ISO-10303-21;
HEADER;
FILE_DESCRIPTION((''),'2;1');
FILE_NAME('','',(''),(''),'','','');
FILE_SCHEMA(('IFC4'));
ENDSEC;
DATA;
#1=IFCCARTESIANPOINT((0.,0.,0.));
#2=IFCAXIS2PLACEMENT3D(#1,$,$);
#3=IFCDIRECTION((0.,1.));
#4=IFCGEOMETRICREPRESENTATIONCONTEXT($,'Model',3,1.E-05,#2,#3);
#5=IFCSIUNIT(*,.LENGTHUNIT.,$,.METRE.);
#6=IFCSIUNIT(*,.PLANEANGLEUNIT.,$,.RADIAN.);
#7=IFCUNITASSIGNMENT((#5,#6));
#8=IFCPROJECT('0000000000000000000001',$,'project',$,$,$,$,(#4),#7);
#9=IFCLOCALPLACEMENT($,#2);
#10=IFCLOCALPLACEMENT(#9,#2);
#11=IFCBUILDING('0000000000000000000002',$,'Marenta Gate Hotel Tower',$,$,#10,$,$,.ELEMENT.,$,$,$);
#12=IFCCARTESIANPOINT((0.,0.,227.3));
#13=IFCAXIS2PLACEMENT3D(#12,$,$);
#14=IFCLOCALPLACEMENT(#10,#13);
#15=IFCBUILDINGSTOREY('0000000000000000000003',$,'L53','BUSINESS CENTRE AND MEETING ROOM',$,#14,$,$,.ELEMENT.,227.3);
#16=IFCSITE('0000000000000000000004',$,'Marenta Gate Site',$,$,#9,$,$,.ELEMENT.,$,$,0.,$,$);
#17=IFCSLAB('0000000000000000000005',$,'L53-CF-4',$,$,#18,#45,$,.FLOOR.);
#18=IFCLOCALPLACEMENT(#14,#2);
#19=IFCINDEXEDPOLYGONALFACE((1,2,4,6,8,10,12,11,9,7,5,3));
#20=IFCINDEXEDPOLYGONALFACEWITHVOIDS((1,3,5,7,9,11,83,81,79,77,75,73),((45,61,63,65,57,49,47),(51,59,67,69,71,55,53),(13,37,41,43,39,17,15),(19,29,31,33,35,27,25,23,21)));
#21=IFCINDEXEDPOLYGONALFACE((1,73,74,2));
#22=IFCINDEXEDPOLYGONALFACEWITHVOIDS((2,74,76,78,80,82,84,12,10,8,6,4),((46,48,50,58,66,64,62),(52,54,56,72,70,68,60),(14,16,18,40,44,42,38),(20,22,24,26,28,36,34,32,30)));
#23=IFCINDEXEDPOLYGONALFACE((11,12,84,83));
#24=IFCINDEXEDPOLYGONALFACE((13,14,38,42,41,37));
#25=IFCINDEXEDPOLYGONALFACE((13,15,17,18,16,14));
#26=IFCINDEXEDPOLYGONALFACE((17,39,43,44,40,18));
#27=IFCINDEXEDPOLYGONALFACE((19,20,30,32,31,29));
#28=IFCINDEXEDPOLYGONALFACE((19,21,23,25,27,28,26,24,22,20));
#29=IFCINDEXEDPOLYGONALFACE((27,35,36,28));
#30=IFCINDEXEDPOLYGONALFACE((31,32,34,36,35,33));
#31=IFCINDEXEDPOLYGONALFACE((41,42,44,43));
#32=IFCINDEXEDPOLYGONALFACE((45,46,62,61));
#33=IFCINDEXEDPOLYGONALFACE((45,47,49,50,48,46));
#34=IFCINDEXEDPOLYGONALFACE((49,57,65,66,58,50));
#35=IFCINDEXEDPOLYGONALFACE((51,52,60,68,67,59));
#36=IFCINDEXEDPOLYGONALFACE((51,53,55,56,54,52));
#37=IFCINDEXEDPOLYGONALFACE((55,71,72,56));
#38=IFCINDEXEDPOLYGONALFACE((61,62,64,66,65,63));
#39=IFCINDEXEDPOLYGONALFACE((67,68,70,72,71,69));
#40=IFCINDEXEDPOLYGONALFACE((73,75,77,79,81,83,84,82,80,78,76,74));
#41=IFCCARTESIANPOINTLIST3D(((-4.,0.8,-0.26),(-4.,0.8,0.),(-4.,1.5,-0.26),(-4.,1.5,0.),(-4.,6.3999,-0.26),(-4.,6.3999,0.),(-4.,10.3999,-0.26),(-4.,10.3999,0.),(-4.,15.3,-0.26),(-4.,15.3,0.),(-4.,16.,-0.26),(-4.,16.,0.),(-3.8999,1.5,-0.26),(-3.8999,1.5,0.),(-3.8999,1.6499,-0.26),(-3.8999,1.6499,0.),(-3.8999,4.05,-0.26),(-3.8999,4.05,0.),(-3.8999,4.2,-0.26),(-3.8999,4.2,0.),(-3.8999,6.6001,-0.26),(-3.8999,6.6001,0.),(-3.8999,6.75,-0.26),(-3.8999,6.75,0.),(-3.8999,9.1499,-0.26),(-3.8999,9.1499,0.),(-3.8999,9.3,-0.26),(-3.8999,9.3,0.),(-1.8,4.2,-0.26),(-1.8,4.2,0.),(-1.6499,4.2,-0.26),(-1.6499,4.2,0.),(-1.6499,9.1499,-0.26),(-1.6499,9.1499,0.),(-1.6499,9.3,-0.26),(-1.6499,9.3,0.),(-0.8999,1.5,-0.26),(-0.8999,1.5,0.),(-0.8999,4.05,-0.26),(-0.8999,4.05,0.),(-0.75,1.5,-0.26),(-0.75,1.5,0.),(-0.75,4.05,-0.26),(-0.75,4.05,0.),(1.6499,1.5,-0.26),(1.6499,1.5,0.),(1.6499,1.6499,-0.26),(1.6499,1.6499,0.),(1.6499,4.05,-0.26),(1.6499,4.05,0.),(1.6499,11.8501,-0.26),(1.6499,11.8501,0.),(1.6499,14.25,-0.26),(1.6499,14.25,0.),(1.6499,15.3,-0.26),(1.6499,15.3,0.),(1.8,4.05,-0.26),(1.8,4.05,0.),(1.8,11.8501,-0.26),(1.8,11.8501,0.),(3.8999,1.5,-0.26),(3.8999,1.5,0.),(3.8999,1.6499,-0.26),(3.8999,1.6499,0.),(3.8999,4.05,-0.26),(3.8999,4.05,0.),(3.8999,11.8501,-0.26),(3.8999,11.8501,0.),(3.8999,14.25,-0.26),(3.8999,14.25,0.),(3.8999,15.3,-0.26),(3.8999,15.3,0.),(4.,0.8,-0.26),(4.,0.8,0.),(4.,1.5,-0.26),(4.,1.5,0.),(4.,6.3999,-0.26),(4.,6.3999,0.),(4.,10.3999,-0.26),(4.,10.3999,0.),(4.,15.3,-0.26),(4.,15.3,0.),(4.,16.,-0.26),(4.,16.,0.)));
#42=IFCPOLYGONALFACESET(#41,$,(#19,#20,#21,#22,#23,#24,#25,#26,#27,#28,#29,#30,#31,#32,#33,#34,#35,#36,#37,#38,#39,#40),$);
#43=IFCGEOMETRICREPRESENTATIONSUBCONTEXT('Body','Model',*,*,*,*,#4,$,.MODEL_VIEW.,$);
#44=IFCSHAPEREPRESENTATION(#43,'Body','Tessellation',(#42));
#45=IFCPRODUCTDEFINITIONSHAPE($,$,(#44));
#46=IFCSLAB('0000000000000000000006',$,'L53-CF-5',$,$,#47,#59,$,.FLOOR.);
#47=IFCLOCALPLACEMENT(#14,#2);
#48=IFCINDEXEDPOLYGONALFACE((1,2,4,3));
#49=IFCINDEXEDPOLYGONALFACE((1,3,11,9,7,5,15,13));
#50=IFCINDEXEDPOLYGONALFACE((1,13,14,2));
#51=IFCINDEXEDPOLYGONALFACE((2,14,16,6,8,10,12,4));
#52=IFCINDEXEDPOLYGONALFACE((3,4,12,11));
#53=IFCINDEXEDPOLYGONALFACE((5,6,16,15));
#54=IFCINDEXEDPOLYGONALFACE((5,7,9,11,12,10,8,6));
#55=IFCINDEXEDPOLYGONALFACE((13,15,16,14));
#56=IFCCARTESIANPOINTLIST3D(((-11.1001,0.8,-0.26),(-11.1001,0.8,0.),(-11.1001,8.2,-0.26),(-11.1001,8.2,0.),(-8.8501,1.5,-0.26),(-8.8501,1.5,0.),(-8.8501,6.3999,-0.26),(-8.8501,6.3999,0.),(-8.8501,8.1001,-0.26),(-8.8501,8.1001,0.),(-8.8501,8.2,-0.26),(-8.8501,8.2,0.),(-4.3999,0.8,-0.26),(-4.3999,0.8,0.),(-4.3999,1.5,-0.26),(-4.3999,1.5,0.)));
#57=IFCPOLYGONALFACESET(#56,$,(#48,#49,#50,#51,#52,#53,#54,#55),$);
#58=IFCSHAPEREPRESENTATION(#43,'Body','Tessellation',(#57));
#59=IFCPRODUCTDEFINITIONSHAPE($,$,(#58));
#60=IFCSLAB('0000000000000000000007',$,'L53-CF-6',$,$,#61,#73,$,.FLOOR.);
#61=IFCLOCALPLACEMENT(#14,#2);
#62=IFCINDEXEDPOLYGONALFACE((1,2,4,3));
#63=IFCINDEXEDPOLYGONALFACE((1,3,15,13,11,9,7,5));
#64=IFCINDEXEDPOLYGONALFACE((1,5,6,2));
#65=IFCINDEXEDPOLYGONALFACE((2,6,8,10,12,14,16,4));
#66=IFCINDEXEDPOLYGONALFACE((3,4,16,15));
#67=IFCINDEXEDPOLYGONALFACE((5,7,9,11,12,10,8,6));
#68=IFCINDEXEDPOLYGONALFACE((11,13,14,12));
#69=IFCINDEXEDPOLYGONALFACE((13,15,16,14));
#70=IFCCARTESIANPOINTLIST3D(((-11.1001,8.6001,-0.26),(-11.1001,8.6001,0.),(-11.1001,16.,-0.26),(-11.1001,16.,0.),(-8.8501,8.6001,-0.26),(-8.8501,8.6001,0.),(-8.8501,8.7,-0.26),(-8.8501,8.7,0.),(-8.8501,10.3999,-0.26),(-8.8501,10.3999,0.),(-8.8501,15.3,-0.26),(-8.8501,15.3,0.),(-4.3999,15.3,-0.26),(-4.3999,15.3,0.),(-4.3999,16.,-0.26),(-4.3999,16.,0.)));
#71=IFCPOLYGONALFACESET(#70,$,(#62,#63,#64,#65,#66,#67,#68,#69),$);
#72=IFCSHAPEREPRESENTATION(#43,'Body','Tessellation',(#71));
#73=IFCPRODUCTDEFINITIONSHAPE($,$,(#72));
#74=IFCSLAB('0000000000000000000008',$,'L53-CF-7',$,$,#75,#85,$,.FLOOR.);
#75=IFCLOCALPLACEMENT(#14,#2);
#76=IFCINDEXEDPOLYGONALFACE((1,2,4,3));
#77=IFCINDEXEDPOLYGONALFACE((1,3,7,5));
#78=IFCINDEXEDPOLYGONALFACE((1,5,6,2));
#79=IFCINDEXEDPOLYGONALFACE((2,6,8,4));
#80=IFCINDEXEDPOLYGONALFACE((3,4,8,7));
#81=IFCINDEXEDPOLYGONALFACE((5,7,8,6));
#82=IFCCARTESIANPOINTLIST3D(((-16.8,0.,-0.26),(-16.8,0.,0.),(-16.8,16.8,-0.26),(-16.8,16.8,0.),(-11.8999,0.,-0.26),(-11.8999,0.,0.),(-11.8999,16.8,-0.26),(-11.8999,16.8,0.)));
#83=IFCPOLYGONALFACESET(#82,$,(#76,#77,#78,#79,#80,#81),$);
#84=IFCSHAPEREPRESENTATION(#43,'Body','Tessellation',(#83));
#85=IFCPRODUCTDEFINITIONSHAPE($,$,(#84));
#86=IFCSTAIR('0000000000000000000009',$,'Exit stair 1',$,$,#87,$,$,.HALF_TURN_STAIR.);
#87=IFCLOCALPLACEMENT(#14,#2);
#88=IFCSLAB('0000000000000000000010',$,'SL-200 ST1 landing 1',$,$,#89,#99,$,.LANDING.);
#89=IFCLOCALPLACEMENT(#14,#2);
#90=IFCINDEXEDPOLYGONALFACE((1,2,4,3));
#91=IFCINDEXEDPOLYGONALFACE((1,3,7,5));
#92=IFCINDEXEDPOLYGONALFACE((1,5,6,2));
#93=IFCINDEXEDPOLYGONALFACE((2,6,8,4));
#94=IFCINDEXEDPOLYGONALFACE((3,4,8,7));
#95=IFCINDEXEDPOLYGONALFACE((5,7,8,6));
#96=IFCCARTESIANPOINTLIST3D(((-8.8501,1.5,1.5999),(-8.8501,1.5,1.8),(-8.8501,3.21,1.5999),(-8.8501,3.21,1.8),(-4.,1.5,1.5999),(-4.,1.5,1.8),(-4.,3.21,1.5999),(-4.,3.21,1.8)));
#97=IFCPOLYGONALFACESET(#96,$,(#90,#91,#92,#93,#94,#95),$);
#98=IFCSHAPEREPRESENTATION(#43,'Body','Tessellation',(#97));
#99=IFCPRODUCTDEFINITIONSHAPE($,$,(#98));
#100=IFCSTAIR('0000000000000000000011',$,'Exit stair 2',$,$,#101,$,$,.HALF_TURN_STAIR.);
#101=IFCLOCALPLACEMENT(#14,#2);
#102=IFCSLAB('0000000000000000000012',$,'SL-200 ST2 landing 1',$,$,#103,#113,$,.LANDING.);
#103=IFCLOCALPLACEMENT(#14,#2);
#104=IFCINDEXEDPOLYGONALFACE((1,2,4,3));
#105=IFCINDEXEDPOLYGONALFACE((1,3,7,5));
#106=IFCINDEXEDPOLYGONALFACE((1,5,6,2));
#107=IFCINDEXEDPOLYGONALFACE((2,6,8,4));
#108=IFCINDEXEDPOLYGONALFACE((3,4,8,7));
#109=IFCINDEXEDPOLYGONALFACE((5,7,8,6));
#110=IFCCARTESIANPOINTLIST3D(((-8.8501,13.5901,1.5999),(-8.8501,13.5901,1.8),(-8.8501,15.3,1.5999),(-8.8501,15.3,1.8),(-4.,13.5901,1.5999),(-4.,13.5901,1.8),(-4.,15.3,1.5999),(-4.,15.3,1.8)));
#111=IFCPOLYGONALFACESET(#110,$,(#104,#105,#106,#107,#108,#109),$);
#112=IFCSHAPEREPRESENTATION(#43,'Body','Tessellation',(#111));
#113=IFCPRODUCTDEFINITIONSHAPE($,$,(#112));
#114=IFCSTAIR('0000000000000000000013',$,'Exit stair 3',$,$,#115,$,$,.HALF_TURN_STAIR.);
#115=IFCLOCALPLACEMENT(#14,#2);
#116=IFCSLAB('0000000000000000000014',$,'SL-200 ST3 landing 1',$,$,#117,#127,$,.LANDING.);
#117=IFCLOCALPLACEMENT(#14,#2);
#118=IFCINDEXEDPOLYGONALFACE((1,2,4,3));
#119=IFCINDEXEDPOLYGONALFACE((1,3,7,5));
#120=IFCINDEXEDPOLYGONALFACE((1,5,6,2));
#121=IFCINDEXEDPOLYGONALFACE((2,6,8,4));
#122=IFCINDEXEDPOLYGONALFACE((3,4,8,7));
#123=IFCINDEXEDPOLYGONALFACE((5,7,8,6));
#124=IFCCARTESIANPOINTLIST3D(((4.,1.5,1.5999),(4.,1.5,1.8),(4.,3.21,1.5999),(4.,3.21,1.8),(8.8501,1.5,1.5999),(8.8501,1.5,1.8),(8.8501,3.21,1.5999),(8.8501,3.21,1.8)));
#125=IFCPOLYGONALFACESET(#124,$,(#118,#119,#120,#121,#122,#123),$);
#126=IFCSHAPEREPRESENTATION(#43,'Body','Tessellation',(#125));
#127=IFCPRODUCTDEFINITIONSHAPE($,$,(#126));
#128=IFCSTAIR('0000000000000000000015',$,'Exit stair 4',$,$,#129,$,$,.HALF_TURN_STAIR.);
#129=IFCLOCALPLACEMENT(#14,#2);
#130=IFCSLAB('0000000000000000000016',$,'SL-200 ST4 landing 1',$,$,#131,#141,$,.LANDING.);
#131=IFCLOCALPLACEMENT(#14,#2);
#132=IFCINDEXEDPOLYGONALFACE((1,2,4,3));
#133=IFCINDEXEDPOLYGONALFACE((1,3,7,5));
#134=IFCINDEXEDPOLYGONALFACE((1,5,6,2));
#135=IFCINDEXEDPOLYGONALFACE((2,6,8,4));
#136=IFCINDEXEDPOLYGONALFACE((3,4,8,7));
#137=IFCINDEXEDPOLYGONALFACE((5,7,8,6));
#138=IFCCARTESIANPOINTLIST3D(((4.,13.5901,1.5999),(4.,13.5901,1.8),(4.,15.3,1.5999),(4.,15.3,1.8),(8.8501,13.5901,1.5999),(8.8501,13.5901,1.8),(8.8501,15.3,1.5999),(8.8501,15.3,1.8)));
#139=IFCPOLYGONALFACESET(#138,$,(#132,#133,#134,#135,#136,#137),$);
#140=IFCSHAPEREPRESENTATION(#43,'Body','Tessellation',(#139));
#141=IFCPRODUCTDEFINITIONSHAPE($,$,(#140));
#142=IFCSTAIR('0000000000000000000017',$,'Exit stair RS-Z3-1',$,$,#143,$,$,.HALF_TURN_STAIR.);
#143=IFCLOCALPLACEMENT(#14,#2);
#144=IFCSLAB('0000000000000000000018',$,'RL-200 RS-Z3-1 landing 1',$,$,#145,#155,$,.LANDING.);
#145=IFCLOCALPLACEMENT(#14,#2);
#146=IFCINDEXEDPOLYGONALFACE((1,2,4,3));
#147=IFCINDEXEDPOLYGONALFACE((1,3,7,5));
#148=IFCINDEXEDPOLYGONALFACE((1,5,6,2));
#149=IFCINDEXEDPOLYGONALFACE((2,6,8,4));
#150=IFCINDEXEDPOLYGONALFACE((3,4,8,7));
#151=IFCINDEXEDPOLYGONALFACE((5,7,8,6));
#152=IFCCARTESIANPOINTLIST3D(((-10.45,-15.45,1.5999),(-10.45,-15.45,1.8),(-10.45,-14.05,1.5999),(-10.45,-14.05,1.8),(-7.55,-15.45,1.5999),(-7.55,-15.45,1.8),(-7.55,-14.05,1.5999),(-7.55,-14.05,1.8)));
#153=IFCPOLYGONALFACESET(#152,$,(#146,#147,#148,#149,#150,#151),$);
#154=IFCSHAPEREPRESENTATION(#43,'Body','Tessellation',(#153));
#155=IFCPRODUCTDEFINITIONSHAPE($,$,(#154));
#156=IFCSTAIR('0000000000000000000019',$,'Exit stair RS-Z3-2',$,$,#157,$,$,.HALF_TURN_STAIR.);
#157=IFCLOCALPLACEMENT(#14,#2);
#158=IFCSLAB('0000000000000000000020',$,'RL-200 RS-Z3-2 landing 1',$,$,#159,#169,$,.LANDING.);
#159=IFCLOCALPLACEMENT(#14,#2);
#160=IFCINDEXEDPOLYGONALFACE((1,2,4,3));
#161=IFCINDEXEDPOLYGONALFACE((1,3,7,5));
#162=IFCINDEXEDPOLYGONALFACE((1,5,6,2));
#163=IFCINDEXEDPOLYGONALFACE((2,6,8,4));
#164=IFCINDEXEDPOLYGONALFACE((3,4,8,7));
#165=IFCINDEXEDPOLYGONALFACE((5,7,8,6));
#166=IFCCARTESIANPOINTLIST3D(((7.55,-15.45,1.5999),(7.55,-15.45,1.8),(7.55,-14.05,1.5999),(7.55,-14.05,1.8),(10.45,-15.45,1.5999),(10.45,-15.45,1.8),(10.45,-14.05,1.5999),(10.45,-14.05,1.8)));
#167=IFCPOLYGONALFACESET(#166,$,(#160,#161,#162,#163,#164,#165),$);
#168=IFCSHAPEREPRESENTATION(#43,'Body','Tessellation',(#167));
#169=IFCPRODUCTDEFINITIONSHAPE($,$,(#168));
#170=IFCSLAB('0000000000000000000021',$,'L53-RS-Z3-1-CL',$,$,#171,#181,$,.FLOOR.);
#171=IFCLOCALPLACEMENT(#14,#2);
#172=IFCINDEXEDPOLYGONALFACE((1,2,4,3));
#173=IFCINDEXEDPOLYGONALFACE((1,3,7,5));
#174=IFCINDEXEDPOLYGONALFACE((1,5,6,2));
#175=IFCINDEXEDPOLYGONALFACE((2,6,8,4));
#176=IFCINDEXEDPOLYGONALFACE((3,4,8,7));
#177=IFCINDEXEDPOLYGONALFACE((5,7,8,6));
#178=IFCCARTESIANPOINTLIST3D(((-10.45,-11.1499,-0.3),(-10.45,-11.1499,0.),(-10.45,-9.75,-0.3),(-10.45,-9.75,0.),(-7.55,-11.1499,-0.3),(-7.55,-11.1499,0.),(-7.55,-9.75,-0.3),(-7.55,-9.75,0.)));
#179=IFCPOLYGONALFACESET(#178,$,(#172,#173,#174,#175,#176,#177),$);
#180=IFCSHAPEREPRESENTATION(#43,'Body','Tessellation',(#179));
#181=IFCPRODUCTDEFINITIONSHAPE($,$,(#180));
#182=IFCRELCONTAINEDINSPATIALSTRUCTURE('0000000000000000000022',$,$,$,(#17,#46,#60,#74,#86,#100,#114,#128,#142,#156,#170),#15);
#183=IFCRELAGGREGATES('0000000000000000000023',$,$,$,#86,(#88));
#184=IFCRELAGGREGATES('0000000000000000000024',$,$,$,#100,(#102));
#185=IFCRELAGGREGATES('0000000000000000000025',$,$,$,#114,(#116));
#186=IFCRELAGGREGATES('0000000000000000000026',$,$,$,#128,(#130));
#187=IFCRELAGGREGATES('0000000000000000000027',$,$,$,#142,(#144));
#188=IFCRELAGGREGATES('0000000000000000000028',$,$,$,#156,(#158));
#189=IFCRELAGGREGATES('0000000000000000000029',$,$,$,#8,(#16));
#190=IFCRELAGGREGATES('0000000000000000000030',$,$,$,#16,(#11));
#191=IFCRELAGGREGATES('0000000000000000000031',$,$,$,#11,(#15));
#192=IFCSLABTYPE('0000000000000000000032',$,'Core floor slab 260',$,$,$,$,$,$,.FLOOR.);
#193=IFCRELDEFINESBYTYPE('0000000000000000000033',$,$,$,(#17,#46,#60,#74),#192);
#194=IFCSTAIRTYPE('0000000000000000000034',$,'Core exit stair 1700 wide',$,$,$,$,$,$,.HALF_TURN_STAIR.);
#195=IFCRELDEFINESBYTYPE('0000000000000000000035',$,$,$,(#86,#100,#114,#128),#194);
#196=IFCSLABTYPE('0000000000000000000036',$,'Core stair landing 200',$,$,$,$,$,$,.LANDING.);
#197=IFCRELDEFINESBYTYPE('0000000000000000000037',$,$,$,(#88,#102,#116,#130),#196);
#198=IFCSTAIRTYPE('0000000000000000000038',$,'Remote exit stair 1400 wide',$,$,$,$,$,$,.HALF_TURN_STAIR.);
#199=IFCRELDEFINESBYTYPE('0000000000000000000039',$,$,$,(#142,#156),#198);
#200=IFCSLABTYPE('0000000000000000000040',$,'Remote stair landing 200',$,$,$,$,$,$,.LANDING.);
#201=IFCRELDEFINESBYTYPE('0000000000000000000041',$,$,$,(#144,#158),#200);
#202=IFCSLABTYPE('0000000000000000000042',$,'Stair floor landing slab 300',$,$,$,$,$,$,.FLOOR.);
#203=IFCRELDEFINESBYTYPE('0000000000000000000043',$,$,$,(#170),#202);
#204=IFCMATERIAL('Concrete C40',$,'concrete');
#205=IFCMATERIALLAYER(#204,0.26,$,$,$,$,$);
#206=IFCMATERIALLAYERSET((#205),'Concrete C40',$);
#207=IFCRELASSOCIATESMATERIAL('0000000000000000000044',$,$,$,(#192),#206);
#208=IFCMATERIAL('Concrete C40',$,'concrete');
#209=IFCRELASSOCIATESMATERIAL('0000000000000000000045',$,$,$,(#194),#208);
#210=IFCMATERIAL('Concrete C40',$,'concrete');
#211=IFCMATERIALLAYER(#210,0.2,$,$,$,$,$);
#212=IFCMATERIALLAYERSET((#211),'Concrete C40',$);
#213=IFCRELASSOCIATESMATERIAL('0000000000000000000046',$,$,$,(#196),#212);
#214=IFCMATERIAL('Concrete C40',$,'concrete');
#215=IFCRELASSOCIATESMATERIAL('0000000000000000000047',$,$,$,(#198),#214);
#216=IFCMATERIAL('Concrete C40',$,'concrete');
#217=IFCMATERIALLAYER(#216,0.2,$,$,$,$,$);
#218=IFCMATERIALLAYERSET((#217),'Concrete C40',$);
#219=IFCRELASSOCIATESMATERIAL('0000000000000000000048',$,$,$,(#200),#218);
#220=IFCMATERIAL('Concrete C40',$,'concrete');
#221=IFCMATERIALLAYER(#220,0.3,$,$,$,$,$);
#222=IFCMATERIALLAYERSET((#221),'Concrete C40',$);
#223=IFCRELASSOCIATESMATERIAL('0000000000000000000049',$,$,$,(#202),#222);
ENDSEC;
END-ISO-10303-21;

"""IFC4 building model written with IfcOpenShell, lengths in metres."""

from ifc_helpers import new_model, si_unit, direction, frame, origin, place, context, subcontext, project, spatial, polyline, outline, extrude, material, layer, layer_set, type_object, element, aggregate, save


model = new_model("IFC4")

# Units and contexts
model_context = context("Model", 3, precision=1e-05, world=origin(), true_north=direction((0.0, 1.0)))
body_context = subcontext(model_context, "Body", "Model", "MODEL_VIEW")
ifc_project = project(units=[si_unit("LENGTHUNIT", "METRE"), si_unit("PLANEANGLEUNIT", "RADIAN")], contexts=[model_context])

# Site, building, storey
site_placement = place(None, origin())
site = spatial("IfcSite", under=ifc_project, at=site_placement, Name="Marenta Gate Site", CompositionType="ELEMENT", RefElevation=0.0)
building_placement = place(site_placement, origin())
building = spatial("IfcBuilding", under=site, at=building_placement, Name="Marenta Gate Hotel Tower", CompositionType="ELEMENT")
storey_placement = place(building_placement, frame((0.0, 0.0, 227.3)))
storey = spatial("IfcBuildingStorey", under=building, at=storey_placement, Name="L53", Description="BUSINESS CENTRE AND MEETING ROOM", CompositionType="ELEMENT", Elevation=227.3)

# Slabs
ifc_material_1 = material(Name="Concrete C40", Category="concrete")
ifc_layer_1 = layer(ifc_material_1, 0.26)
ifc_layer_set_1 = layer_set([ifc_layer_1], Name="Concrete C40")
slab_type_1 = type_object("IfcSlabType", Name="Core floor slab 260", PredefinedType="FLOOR", material=ifc_layer_set_1)
slab_1_placement = place(storey_placement, frame((0.0, 0.0, -0.26)))
element("IfcSlab", 1, at=slab_1_placement, inside=storey, type_object=slab_type_1, Name="L53-CF-4", PredefinedType="FLOOR", context=body_context, shape_type="SweptSolid", body=[
    extrude(outline(polyline([(4.0, 15.3), (4.0, 10.3999), (4.0, 6.3999), (4.0, 1.5), (4.0, 0.8), (-4.0, 0.8), (-4.0, 1.5), (-4.0, 6.3999), (-4.0, 10.3999), (-4.0, 15.3), (-4.0, 16.0), (4.0, 16.0), (4.0, 15.3)]), holes=[polyline([(1.6499, 14.25), (1.6499, 11.8501), (1.8, 11.8501), (3.8999, 11.8501), (3.8999, 14.25), (3.8999, 15.3), (1.6499, 15.3), (1.6499, 14.25)]), polyline([(3.8999, 1.6499), (3.8999, 4.05), (1.8, 4.05), (1.6499, 4.05), (1.6499, 1.6499), (1.6499, 1.5), (3.8999, 1.5), (3.8999, 1.6499)]), polyline([(-3.8999, 1.6499), (-3.8999, 1.5), (-0.8999, 1.5), (-0.75, 1.5), (-0.75, 4.05), (-0.8999, 4.05), (-3.8999, 4.05), (-3.8999, 1.6499)]), polyline([(-1.8, 4.2), (-1.6499, 4.2), (-1.6499, 9.1499), (-1.6499, 9.3), (-3.8999, 9.3), (-3.8999, 9.1499), (-3.8999, 6.75), (-3.8999, 6.6001), (-3.8999, 4.2), (-1.8, 4.2)])]), origin(), (0.0, 0.0, 1.0), 0.26),
])
slab_2_placement = place(storey_placement, frame((0.0, 0.0, -0.26)))
element("IfcSlab", 2, at=slab_2_placement, inside=storey, type_object=slab_type_1, Name="L53-CF-5", PredefinedType="FLOOR", context=body_context, shape_type="SweptSolid", body=[
    extrude(outline(polyline([(-8.8501, 8.2), (-8.8501, 8.1001), (-8.8501, 6.3999), (-8.8501, 1.5), (-4.3999, 1.5), (-4.3999, 0.8), (-11.1001, 0.8), (-11.1001, 8.2), (-8.8501, 8.2)])), origin(), (0.0, 0.0, 1.0), 0.26),
])
slab_3_placement = place(storey_placement, frame((0.0, 0.0, -0.26)))
element("IfcSlab", 3, at=slab_3_placement, inside=storey, type_object=slab_type_1, Name="L53-CF-6", PredefinedType="FLOOR", context=body_context, shape_type="SweptSolid", body=[
    extrude(outline(polyline([(-4.3999, 15.3), (-8.8501, 15.3), (-8.8501, 10.3999), (-8.8501, 8.7), (-8.8501, 8.6001), (-11.1001, 8.6001), (-11.1001, 16.0), (-4.3999, 16.0), (-4.3999, 15.3)])), origin(), (0.0, 0.0, 1.0), 0.26),
])
slab_4_placement = place(storey_placement, frame((0.0, 0.0, -0.26)))
element("IfcSlab", 4, at=slab_4_placement, inside=storey, type_object=slab_type_1, Name="L53-CF-7", PredefinedType="FLOOR", context=body_context, shape_type="SweptSolid", body=[
    extrude(outline(polyline([(-11.8999, 16.8), (-11.8999, 0.0), (-16.8, 0.0), (-16.8, 16.8), (-11.8999, 16.8)])), origin(), (0.0, 0.0, 1.0), 0.26),
])

# Stairs, slabs
ifc_material_2 = material(Name="Concrete C40", Category="concrete")
stair_type_1 = type_object("IfcStairType", Name="Core exit stair 1700 wide", PredefinedType="HALF_TURN_STAIR", material=ifc_material_2)
stair_1_placement = place(storey_placement, origin())
stair_1 = element("IfcStair", 5, at=stair_1_placement, inside=storey, type_object=stair_type_1, Name="Exit stair 1", PredefinedType="HALF_TURN_STAIR")
ifc_material_3 = material(Name="Concrete C40", Category="concrete")
ifc_layer_2 = layer(ifc_material_3, 0.2)
ifc_layer_set_2 = layer_set([ifc_layer_2], Name="Concrete C40")
slab_type_2 = type_object("IfcSlabType", Name="Core stair landing 200", PredefinedType="LANDING", material=ifc_layer_set_2)
slab_5_placement = place(storey_placement, frame((0.0, 0.0, 1.5999)))
slab_5 = element("IfcSlab", 6, at=slab_5_placement, type_object=slab_type_2, Name="SL-200 ST1 landing 1", PredefinedType="LANDING", context=body_context, shape_type="SweptSolid", body=[
    extrude(outline(polyline([(-8.8501, 1.5), (-4.0, 1.5), (-4.0, 3.21), (-8.8501, 3.21), (-8.8501, 1.5)])), origin(), (0.0, 0.0, 1.0), 0.2002),
])
aggregate(stair_1, [slab_5])
stair_2_placement = place(storey_placement, origin())
stair_2 = element("IfcStair", 7, at=stair_2_placement, inside=storey, type_object=stair_type_1, Name="Exit stair 2", PredefinedType="HALF_TURN_STAIR")
slab_6_placement = place(storey_placement, frame((0.0, 0.0, 1.5999)))
slab_6 = element("IfcSlab", 8, at=slab_6_placement, type_object=slab_type_2, Name="SL-200 ST2 landing 1", PredefinedType="LANDING", context=body_context, shape_type="SweptSolid", body=[
    extrude(outline(polyline([(-8.8501, 13.5901), (-4.0, 13.5901), (-4.0, 15.3), (-8.8501, 15.3), (-8.8501, 13.5901)])), origin(), (0.0, 0.0, 1.0), 0.2002),
])
aggregate(stair_2, [slab_6])
stair_3_placement = place(storey_placement, origin())
stair_3 = element("IfcStair", 9, at=stair_3_placement, inside=storey, type_object=stair_type_1, Name="Exit stair 3", PredefinedType="HALF_TURN_STAIR")
slab_7_placement = place(storey_placement, frame((0.0, 0.0, 1.5999)))
slab_7 = element("IfcSlab", 10, at=slab_7_placement, type_object=slab_type_2, Name="SL-200 ST3 landing 1", PredefinedType="LANDING", context=body_context, shape_type="SweptSolid", body=[
    extrude(outline(polyline([(4.0, 1.5), (8.8501, 1.5), (8.8501, 3.21), (4.0, 3.21), (4.0, 1.5)])), origin(), (0.0, 0.0, 1.0), 0.2002),
])
aggregate(stair_3, [slab_7])
stair_4_placement = place(storey_placement, origin())
stair_4 = element("IfcStair", 11, at=stair_4_placement, inside=storey, type_object=stair_type_1, Name="Exit stair 4", PredefinedType="HALF_TURN_STAIR")
slab_8_placement = place(storey_placement, frame((0.0, 0.0, 1.5999)))
slab_8 = element("IfcSlab", 12, at=slab_8_placement, type_object=slab_type_2, Name="SL-200 ST4 landing 1", PredefinedType="LANDING", context=body_context, shape_type="SweptSolid", body=[
    extrude(outline(polyline([(4.0, 13.5901), (8.8501, 13.5901), (8.8501, 15.3), (4.0, 15.3), (4.0, 13.5901)])), origin(), (0.0, 0.0, 1.0), 0.2002),
])
aggregate(stair_4, [slab_8])
ifc_material_4 = material(Name="Concrete C40", Category="concrete")
stair_type_2 = type_object("IfcStairType", Name="Remote exit stair 1400 wide", PredefinedType="HALF_TURN_STAIR", material=ifc_material_4)
stair_5_placement = place(storey_placement, origin())
stair_5 = element("IfcStair", 13, at=stair_5_placement, inside=storey, type_object=stair_type_2, Name="Exit stair RS-Z3-1", PredefinedType="HALF_TURN_STAIR")
ifc_material_5 = material(Name="Concrete C40", Category="concrete")
ifc_layer_3 = layer(ifc_material_5, 0.2)
ifc_layer_set_3 = layer_set([ifc_layer_3], Name="Concrete C40")
slab_type_3 = type_object("IfcSlabType", Name="Remote stair landing 200", PredefinedType="LANDING", material=ifc_layer_set_3)
slab_9_placement = place(storey_placement, frame((0.0, 0.0, 1.5999)))
slab_9 = element("IfcSlab", 14, at=slab_9_placement, type_object=slab_type_3, Name="RL-200 RS-Z3-1 landing 1", PredefinedType="LANDING", context=body_context, shape_type="SweptSolid", body=[
    extrude(outline(polyline([(-10.45, -15.45), (-7.55, -15.45), (-7.55, -14.05), (-10.45, -14.05), (-10.45, -15.45)])), origin(), (0.0, 0.0, 1.0), 0.2002),
])
aggregate(stair_5, [slab_9])
stair_6_placement = place(storey_placement, origin())
stair_6 = element("IfcStair", 15, at=stair_6_placement, inside=storey, type_object=stair_type_2, Name="Exit stair RS-Z3-2", PredefinedType="HALF_TURN_STAIR")
slab_10_placement = place(storey_placement, frame((0.0, 0.0, 1.5999)))
slab_10 = element("IfcSlab", 16, at=slab_10_placement, type_object=slab_type_3, Name="RL-200 RS-Z3-2 landing 1", PredefinedType="LANDING", context=body_context, shape_type="SweptSolid", body=[
    extrude(outline(polyline([(7.55, -15.45), (10.45, -15.45), (10.45, -14.05), (7.55, -14.05), (7.55, -15.45)])), origin(), (0.0, 0.0, 1.0), 0.2002),
])
aggregate(stair_6, [slab_10])

# Slab
ifc_material_6 = material(Name="Concrete C40", Category="concrete")
ifc_layer_4 = layer(ifc_material_6, 0.3)
ifc_layer_set_4 = layer_set([ifc_layer_4], Name="Concrete C40")
slab_type_4 = type_object("IfcSlabType", Name="Stair floor landing slab 300", PredefinedType="FLOOR", material=ifc_layer_set_4)
slab_11_placement = place(storey_placement, frame((0.0, 0.0, -0.3)))
element("IfcSlab", 17, at=slab_11_placement, inside=storey, type_object=slab_type_4, Name="L53-RS-Z3-1-CL", PredefinedType="FLOOR", context=body_context, shape_type="SweptSolid", body=[
    extrude(outline(polyline([(-7.55, -11.1499), (-7.55, -9.75), (-10.45, -9.75), (-10.45, -11.1499), (-7.55, -11.1499)])), origin(), (0.0, 0.0, 1.0), 0.3),
])

save(model, "model.ifc")
